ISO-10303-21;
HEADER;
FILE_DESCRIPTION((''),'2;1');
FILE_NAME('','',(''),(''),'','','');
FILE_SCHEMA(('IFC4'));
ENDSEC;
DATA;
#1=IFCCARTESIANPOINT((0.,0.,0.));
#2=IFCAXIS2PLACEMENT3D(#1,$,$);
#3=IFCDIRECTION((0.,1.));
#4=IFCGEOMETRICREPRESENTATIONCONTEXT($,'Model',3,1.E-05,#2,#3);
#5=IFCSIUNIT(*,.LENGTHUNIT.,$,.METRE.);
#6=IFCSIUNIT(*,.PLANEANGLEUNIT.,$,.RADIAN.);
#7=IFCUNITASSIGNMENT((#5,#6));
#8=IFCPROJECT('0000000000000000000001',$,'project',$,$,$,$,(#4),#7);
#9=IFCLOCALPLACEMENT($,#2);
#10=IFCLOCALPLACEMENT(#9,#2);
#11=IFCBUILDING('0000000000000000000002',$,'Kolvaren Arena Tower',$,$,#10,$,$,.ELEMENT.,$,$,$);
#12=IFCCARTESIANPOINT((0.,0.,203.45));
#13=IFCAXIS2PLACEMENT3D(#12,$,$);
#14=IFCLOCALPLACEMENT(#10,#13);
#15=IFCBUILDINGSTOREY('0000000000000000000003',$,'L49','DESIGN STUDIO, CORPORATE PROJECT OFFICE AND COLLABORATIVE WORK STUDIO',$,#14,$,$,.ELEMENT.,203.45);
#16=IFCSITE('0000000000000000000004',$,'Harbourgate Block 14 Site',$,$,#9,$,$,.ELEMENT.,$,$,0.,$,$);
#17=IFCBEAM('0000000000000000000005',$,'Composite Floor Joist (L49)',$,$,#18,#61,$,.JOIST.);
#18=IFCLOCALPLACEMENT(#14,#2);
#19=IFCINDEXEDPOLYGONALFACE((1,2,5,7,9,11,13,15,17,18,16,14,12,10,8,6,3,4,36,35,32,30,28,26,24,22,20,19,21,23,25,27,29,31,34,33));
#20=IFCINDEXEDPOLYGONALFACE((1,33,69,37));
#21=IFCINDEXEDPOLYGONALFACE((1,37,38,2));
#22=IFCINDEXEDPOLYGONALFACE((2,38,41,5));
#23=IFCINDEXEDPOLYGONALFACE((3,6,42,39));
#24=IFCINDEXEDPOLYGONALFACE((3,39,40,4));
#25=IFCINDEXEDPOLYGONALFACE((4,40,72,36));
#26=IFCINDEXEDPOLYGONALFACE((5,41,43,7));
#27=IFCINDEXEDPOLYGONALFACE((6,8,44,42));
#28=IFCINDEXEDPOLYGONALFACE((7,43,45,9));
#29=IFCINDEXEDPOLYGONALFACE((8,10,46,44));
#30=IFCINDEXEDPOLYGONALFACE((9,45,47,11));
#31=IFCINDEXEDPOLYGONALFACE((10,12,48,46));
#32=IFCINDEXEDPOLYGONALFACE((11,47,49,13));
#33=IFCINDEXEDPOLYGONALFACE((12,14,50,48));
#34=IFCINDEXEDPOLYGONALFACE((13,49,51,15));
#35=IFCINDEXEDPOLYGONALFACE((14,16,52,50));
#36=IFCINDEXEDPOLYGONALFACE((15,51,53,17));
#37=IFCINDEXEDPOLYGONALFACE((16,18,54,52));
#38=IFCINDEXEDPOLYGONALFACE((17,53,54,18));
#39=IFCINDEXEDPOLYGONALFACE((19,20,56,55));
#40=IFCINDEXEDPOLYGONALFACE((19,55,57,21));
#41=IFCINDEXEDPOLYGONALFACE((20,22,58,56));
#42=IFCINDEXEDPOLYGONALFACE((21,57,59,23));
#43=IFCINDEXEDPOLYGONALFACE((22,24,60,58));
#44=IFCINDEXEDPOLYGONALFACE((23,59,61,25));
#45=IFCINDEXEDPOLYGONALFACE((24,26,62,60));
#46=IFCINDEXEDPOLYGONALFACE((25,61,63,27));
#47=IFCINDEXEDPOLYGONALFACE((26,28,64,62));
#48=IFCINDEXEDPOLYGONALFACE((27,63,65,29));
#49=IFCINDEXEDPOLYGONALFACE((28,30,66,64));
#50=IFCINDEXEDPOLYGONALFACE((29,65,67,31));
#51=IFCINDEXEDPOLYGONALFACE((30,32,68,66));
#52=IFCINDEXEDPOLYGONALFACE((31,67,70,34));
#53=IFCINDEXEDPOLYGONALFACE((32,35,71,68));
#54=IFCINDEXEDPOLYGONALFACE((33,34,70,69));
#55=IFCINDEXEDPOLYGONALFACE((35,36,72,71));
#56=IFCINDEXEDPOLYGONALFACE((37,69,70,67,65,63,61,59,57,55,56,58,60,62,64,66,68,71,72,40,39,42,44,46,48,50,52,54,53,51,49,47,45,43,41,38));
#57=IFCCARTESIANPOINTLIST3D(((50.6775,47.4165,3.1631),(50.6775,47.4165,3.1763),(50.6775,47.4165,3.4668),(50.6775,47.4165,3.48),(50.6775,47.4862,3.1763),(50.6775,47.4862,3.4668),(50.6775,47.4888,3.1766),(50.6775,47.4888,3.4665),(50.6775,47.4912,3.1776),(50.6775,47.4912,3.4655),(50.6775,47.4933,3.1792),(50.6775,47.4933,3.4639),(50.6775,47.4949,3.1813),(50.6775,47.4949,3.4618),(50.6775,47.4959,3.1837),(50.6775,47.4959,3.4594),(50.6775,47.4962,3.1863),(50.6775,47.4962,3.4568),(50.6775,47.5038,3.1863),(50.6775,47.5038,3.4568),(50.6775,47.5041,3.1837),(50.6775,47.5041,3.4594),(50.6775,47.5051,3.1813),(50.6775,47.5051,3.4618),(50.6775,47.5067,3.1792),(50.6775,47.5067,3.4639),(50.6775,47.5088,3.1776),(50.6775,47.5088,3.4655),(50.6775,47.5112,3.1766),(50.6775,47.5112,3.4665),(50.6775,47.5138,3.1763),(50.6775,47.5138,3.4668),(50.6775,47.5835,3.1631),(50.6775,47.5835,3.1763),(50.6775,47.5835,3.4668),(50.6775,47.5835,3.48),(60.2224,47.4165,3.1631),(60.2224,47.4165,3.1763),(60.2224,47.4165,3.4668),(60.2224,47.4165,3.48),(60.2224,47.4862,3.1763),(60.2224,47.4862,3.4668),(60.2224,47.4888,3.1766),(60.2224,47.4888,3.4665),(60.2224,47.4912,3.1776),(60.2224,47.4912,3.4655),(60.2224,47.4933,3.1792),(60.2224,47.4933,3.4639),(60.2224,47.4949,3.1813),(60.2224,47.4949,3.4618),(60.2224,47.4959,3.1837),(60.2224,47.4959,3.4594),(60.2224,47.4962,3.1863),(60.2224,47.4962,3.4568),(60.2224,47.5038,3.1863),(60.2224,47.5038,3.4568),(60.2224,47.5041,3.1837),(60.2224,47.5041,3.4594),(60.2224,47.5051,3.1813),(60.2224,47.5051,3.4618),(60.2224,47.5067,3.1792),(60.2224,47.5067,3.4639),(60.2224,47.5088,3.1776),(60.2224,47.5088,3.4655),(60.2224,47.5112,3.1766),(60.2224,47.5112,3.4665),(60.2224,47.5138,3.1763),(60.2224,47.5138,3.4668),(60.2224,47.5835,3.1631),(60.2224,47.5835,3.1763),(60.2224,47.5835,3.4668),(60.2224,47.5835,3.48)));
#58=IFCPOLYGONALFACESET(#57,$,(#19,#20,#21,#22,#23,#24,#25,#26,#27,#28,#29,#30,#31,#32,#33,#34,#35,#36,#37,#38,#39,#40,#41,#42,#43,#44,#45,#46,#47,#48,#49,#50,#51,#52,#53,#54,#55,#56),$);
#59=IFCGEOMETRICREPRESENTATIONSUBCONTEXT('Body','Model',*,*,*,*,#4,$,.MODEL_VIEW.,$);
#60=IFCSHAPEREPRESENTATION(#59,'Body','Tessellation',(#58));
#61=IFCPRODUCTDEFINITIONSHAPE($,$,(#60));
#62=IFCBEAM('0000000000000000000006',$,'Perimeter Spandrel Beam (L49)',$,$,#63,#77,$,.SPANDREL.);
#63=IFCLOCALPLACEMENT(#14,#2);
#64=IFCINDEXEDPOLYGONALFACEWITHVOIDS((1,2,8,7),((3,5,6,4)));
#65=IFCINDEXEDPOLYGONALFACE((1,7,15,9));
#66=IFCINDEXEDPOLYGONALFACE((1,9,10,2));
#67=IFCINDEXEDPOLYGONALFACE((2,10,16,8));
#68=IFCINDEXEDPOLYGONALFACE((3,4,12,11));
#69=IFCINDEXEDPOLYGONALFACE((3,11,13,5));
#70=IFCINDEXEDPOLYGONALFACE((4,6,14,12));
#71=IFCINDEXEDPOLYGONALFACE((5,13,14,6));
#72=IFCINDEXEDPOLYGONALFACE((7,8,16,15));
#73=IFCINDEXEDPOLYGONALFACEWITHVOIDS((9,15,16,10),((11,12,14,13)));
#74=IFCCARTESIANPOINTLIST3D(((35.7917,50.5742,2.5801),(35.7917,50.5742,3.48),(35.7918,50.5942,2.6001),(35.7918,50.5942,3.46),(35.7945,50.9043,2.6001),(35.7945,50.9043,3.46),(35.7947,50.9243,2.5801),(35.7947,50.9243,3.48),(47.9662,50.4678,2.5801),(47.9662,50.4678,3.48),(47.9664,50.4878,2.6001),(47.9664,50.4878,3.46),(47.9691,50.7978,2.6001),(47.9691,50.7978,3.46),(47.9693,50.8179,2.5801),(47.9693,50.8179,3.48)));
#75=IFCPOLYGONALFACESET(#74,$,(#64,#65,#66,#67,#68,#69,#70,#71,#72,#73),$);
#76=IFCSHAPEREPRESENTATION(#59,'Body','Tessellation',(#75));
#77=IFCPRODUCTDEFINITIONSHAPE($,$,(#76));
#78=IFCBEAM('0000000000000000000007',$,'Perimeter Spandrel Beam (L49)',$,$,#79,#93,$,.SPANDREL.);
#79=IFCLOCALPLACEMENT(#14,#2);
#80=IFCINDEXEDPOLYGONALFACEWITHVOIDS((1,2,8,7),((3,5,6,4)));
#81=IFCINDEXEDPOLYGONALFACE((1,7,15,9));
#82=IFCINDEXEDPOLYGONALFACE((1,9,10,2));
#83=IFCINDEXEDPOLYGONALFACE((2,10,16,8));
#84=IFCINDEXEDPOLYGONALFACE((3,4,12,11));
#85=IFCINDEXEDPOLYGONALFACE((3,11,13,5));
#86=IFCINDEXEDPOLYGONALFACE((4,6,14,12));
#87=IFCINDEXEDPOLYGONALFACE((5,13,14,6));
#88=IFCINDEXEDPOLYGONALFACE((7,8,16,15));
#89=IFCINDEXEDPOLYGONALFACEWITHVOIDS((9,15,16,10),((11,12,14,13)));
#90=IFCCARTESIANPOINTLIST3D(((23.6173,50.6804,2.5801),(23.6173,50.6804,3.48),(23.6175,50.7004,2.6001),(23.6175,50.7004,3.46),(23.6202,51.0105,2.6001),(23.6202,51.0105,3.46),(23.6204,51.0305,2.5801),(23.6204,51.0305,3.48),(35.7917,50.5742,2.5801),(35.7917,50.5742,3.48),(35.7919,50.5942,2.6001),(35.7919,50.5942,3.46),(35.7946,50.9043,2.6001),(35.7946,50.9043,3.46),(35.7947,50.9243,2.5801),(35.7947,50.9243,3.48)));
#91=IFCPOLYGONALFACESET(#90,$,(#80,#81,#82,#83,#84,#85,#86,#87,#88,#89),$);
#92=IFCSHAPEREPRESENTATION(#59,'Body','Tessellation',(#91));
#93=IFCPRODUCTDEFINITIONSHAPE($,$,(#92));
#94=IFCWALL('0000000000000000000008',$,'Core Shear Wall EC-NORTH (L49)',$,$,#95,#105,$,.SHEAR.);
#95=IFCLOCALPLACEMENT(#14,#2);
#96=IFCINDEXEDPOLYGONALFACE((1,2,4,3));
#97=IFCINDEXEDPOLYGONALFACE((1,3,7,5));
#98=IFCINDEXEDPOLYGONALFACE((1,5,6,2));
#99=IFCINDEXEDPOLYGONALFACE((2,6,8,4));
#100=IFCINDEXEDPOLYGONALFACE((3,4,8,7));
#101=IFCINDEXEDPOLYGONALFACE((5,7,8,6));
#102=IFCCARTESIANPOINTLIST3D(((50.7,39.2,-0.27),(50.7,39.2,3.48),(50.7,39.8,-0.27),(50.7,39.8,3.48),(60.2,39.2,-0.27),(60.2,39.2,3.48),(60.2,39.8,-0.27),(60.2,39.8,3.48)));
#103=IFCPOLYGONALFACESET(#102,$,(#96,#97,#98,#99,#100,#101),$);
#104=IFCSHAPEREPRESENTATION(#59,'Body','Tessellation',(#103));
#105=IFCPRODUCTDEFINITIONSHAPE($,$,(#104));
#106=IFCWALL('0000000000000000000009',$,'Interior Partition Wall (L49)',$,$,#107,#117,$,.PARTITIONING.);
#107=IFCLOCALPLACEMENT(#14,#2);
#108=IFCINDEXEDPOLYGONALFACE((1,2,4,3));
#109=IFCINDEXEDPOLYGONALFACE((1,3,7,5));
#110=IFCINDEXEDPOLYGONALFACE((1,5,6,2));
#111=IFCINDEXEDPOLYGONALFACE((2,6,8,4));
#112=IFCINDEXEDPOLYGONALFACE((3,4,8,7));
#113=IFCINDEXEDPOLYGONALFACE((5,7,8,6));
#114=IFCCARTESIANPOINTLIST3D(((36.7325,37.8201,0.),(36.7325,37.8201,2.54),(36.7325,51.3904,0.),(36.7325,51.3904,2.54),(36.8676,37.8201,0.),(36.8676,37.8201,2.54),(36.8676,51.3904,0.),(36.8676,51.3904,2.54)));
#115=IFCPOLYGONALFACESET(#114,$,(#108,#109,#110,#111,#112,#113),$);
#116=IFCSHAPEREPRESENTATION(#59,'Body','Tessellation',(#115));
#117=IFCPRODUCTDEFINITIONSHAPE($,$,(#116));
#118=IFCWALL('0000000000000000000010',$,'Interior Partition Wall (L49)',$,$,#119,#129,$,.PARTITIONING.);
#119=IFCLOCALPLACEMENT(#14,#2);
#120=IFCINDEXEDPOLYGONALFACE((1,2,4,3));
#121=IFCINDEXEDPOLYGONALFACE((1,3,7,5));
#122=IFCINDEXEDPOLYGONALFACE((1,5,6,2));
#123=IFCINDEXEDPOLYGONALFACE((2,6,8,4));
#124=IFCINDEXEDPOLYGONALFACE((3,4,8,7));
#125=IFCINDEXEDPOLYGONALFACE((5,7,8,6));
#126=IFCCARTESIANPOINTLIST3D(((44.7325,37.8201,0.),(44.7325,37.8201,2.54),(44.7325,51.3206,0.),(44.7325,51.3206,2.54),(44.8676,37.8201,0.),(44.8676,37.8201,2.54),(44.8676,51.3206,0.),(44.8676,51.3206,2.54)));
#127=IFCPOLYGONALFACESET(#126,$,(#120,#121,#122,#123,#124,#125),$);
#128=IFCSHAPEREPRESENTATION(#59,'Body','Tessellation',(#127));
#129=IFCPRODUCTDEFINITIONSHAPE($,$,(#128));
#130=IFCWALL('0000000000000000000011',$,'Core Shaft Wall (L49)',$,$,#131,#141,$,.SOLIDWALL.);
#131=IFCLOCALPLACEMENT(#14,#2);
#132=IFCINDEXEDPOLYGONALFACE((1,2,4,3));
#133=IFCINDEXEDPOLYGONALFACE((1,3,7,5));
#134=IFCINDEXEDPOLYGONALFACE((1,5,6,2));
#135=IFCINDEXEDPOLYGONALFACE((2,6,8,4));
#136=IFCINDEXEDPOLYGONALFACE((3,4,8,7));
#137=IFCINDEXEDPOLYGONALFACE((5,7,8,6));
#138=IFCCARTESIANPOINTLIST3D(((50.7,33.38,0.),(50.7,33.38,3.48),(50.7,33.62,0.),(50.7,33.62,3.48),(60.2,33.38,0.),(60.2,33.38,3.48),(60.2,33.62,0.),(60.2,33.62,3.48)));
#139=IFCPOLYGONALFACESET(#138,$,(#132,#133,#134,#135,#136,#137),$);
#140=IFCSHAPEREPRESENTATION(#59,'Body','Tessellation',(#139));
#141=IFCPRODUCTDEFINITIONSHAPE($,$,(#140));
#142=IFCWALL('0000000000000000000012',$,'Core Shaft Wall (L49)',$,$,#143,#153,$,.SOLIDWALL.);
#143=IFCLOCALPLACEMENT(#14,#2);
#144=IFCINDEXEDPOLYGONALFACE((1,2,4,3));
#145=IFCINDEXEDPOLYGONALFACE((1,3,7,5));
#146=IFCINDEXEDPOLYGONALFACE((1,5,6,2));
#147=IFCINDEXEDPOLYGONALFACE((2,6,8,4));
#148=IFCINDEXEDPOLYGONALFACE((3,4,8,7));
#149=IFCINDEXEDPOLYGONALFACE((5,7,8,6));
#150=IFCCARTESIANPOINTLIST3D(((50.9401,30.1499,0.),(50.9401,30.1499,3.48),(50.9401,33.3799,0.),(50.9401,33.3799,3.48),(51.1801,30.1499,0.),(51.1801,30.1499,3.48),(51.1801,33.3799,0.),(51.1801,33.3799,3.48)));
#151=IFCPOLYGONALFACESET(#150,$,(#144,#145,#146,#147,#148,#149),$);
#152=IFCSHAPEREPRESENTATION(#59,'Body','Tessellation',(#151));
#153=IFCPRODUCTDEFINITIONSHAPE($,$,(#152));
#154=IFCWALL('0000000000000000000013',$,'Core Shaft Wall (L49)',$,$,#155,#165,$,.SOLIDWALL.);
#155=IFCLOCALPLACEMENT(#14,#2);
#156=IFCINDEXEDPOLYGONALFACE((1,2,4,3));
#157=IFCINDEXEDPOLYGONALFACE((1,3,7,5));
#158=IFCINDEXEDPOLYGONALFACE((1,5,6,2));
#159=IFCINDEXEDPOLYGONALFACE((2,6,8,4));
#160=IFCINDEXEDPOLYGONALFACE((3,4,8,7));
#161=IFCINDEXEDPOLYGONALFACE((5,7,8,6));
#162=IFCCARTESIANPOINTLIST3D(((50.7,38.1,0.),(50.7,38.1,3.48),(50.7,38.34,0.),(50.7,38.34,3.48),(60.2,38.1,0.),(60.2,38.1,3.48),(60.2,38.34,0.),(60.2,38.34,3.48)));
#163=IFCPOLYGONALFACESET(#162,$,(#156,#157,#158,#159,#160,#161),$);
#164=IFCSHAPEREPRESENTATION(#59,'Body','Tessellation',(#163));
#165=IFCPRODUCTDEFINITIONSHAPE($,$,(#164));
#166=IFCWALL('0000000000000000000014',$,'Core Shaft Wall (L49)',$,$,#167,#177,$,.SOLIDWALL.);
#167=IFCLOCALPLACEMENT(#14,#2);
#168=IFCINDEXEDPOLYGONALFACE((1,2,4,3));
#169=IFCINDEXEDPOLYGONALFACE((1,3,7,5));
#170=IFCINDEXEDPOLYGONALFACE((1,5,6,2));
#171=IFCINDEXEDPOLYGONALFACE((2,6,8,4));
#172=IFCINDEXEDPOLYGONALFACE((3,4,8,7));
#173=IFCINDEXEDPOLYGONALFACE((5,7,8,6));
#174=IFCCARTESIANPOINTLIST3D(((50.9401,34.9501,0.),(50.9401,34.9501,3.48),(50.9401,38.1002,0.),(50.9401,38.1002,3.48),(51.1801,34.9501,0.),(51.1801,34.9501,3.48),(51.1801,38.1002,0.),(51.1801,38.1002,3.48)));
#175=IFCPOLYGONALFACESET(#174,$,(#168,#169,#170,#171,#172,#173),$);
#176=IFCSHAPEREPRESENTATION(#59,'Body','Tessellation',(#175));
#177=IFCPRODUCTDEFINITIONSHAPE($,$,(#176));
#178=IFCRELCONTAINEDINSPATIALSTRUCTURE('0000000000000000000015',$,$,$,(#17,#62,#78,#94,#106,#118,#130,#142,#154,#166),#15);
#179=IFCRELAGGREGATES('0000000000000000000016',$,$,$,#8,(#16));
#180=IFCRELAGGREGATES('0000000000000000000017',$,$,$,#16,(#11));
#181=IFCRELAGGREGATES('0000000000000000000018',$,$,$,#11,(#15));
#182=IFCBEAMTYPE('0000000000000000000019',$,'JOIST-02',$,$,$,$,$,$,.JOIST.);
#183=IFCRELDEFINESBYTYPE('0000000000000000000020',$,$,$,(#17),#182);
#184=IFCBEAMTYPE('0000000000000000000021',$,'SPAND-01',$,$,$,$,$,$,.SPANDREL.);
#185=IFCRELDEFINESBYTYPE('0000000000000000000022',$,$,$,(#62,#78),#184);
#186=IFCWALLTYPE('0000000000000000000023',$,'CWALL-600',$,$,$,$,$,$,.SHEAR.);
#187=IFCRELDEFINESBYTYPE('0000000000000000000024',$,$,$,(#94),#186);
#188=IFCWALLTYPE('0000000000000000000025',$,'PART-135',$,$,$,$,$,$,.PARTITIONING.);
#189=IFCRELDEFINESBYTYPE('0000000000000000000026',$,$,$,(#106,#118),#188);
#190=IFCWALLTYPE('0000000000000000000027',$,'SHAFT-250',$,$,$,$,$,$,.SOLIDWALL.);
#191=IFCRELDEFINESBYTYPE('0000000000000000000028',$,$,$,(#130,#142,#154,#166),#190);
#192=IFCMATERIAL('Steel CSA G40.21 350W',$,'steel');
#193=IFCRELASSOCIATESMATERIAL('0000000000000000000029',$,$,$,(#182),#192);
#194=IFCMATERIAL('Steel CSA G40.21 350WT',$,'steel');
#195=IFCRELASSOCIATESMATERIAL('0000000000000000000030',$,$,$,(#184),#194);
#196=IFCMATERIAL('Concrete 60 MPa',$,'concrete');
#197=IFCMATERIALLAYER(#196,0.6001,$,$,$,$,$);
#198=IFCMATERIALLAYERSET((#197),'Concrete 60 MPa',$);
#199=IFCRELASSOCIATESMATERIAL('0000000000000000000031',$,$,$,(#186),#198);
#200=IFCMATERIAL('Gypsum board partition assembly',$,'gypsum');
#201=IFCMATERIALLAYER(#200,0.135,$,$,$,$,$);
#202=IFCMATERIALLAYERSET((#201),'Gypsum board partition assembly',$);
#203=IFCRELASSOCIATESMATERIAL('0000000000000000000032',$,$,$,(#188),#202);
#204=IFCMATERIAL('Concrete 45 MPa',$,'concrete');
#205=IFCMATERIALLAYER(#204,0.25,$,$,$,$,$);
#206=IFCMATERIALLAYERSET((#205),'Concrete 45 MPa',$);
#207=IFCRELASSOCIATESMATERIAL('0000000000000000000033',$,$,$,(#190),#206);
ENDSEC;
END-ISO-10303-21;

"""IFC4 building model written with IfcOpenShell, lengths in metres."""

from ifc_helpers import new_model, si_unit, direction, frame, frame_2d, origin, origin_2d, place, context, subcontext, project, spatial, rectangle, hollow_rectangle, i_section, extrude, material, layer, layer_set, material_profile, profile_set, type_object, element, save


model = new_model("IFC4")

# Units and contexts
model_context = context("Model", 3, precision=1e-05, world=origin(), true_north=direction((0.0, 1.0)))
body_context = subcontext(model_context, "Body", "Model", "MODEL_VIEW")
ifc_project = project(units=[si_unit("LENGTHUNIT", "METRE"), si_unit("PLANEANGLEUNIT", "RADIAN")], contexts=[model_context])

# Site, building, storey
site_placement = place(None, origin())
site = spatial("IfcSite", under=ifc_project, at=site_placement, Name="Harbourgate Block 14 Site", CompositionType="ELEMENT", RefElevation=0.0)
building_placement = place(site_placement, origin())
building = spatial("IfcBuilding", under=site, at=building_placement, Name="Kolvaren Arena Tower", CompositionType="ELEMENT")
storey_placement = place(building_placement, frame((0.0, 0.0, 203.45)))
storey = spatial("IfcBuildingStorey", under=building, at=storey_placement, Name="L49", Description="DESIGN STUDIO, CORPORATE PROJECT OFFICE AND COLLABORATIVE WORK STUDIO", CompositionType="ELEMENT", Elevation=203.45)

# Beams
ifc_material_1 = material(Name="Steel CSA G40.21 350W", Category="steel")
ifc_material_2 = material(Name="Concrete 60 MPa", Category="concrete")
ifc_material_profile_1 = material_profile(ifc_material_1, i_section(OverallWidth=0.167, OverallDepth=0.3169, WebThickness=0.0076, FlangeThickness=0.0132, FilletRadius=0.01, at=origin_2d()), Name="W310x52")
ifc_profile_set_1 = profile_set([ifc_material_profile_1], Name="Steel CSA G40.21 350W")
beam_type_1 = type_object("IfcBeamType", Name="JOIST-02", PredefinedType="JOIST", material=ifc_profile_set_1)
beam_1_placement = place(storey_placement, frame((50.6775, 47.5, 3.3215), z_axis=(1.0, 0.0, 0.0), x_axis=(0.0, 1.0, 0.0)))
element("IfcBeam", 1, at=beam_1_placement, inside=storey, type_object=beam_type_1, Name="Composite Floor Joist (L49)", PredefinedType="JOIST", context=body_context, shape_type="SweptSolid", body=[
    extrude(i_section(OverallWidth=0.167, OverallDepth=0.3169, WebThickness=0.0076, FlangeThickness=0.0132, FilletRadius=0.01, at=origin_2d()), origin(), (0.0, 0.0, 1.0), 9.5449),
])
ifc_material_3 = material(Name="Steel CSA G40.21 350WT", Category="steel")
ifc_material_profile_2 = material_profile(ifc_material_3, hollow_rectangle(XDim=0.3501, YDim=0.8999, WallThickness=0.02, at=origin_2d()), Name="HSS 900x350x20")
ifc_profile_set_2 = profile_set([ifc_material_profile_2], Name="Steel CSA G40.21 350WT")
beam_type_2 = type_object("IfcBeamType", Name="SPAND-01", PredefinedType="SPANDREL", material=ifc_profile_set_2)
beam_2_placement = place(storey_placement, frame((47.9678, 50.6428, 3.03), z_axis=(-0.999962, 0.008743, 0.0), x_axis=(-0.008743, -0.999962, 0.0)))
element("IfcBeam", 2, at=beam_2_placement, inside=storey, type_object=beam_type_2, Name="Perimeter Spandrel Beam (L49)", PredefinedType="SPANDREL", context=body_context, shape_type="SweptSolid", body=[
    extrude(hollow_rectangle(XDim=0.3501, YDim=0.8999, WallThickness=0.02, at=origin_2d()), origin(), (0.0, 0.0, 1.0), 12.175),
])
beam_3_placement = place(storey_placement, frame((35.7932, 50.7493, 3.03), z_axis=(-0.999962, 0.008723, 0.0), x_axis=(-0.008723, -0.999962, 0.0)))
element("IfcBeam", 3, at=beam_3_placement, inside=storey, type_object=beam_type_2, Name="Perimeter Spandrel Beam (L49)", PredefinedType="SPANDREL", context=body_context, shape_type="SweptSolid", body=[
    extrude(hollow_rectangle(XDim=0.3501, YDim=0.8999, WallThickness=0.02, at=origin_2d()), origin(), (0.0, 0.0, 1.0), 12.1748),
])

# Walls
ifc_layer_1 = layer(ifc_material_2, 0.6001)
ifc_layer_set_1 = layer_set([ifc_layer_1], Name="Concrete 60 MPa")
wall_type_1 = type_object("IfcWallType", Name="CWALL-600", PredefinedType="SHEAR", material=ifc_layer_set_1)
wall_1_placement = place(storey_placement, frame((50.7, 39.5, -0.27), z_axis=(0.0, 0.0, 1.0), x_axis=(1.0, 0.0, 0.0)))
element("IfcWall", 4, at=wall_1_placement, inside=storey, type_object=wall_type_1, Name="Core Shear Wall EC-NORTH (L49)", PredefinedType="SHEAR", context=body_context, shape_type="SweptSolid", body=[
    extrude(rectangle(XDim=9.5, YDim=0.6001, at=frame_2d((4.75, 0.0))), origin(), (0.0, 0.0, 1.0), 3.75),
])
ifc_material_4 = material(Name="Gypsum board partition assembly", Category="gypsum")
ifc_layer_2 = layer(ifc_material_4, 0.135)
ifc_layer_set_2 = layer_set([ifc_layer_2], Name="Gypsum board partition assembly")
wall_type_2 = type_object("IfcWallType", Name="PART-135", PredefinedType="PARTITIONING", material=ifc_layer_set_2)
wall_2_placement = place(storey_placement, frame((36.8, 37.8201, 0.0), z_axis=(0.0, 0.0, 1.0), x_axis=(0.0, 1.0, 0.0)))
element("IfcWall", 5, at=wall_2_placement, inside=storey, type_object=wall_type_2, Name="Interior Partition Wall (L49)", PredefinedType="PARTITIONING", context=body_context, shape_type="SweptSolid", body=[
    extrude(rectangle(XDim=13.5703, YDim=0.135, at=frame_2d((6.7852, 0.0))), origin(), (0.0, 0.0, 1.0), 2.54),
])
wall_3_placement = place(storey_placement, frame((44.8, 37.8201, 0.0), z_axis=(0.0, 0.0, 1.0), x_axis=(0.0, 1.0, 0.0)))
element("IfcWall", 6, at=wall_3_placement, inside=storey, type_object=wall_type_2, Name="Interior Partition Wall (L49)", PredefinedType="PARTITIONING", context=body_context, shape_type="SweptSolid", body=[
    extrude(rectangle(XDim=13.5005, YDim=0.135, at=frame_2d((6.7502, 0.0))), origin(), (0.0, 0.0, 1.0), 2.54),
])
ifc_material_5 = material(Name="Concrete 45 MPa", Category="concrete")
ifc_layer_3 = layer(ifc_material_5, 0.25)
ifc_layer_set_3 = layer_set([ifc_layer_3], Name="Concrete 45 MPa")
wall_type_3 = type_object("IfcWallType", Name="SHAFT-250", PredefinedType="SOLIDWALL", material=ifc_layer_set_3)
wall_4_placement = place(storey_placement, frame((50.7, 33.5, 0.0), z_axis=(0.0, 0.0, 1.0), x_axis=(1.0, 0.0, 0.0)))
element("IfcWall", 7, at=wall_4_placement, inside=storey, type_object=wall_type_3, Name="Core Shaft Wall (L49)", PredefinedType="SOLIDWALL", context=body_context, shape_type="SweptSolid", body=[
    extrude(rectangle(XDim=9.5, YDim=0.24, at=frame_2d((4.75, 0.0))), origin(), (0.0, 0.0, 1.0), 3.48),
])
wall_5_placement = place(storey_placement, frame((51.0601, 30.1499, 0.0), z_axis=(0.0, 0.0, 1.0), x_axis=(0.0, 1.0, 0.0)))
element("IfcWall", 8, at=wall_5_placement, inside=storey, type_object=wall_type_3, Name="Core Shaft Wall (L49)", PredefinedType="SOLIDWALL", context=body_context, shape_type="SweptSolid", body=[
    extrude(rectangle(XDim=3.23, YDim=0.24, at=frame_2d((1.615, 0.0))), origin(), (0.0, 0.0, 1.0), 3.48),
])
wall_6_placement = place(storey_placement, frame((50.7, 38.22, 0.0), z_axis=(0.0, 0.0, 1.0), x_axis=(1.0, 0.0, 0.0)))
element("IfcWall", 9, at=wall_6_placement, inside=storey, type_object=wall_type_3, Name="Core Shaft Wall (L49)", PredefinedType="SOLIDWALL", context=body_context, shape_type="SweptSolid", body=[
    extrude(rectangle(XDim=9.5, YDim=0.24, at=frame_2d((4.75, 0.0))), origin(), (0.0, 0.0, 1.0), 3.48),
])
wall_7_placement = place(storey_placement, frame((51.0601, 34.95, 0.0), z_axis=(0.0, 0.0, 1.0), x_axis=(0.0, 1.0, 0.0)))
element("IfcWall", 10, at=wall_7_placement, inside=storey, type_object=wall_type_3, Name="Core Shaft Wall (L49)", PredefinedType="SOLIDWALL", context=body_context, shape_type="SweptSolid", body=[
    extrude(rectangle(XDim=3.1501, YDim=0.24, at=frame_2d((1.5752, 0.0))), origin(), (0.0, 0.0, 1.0), 3.48),
])

save(model, "model.ifc")
